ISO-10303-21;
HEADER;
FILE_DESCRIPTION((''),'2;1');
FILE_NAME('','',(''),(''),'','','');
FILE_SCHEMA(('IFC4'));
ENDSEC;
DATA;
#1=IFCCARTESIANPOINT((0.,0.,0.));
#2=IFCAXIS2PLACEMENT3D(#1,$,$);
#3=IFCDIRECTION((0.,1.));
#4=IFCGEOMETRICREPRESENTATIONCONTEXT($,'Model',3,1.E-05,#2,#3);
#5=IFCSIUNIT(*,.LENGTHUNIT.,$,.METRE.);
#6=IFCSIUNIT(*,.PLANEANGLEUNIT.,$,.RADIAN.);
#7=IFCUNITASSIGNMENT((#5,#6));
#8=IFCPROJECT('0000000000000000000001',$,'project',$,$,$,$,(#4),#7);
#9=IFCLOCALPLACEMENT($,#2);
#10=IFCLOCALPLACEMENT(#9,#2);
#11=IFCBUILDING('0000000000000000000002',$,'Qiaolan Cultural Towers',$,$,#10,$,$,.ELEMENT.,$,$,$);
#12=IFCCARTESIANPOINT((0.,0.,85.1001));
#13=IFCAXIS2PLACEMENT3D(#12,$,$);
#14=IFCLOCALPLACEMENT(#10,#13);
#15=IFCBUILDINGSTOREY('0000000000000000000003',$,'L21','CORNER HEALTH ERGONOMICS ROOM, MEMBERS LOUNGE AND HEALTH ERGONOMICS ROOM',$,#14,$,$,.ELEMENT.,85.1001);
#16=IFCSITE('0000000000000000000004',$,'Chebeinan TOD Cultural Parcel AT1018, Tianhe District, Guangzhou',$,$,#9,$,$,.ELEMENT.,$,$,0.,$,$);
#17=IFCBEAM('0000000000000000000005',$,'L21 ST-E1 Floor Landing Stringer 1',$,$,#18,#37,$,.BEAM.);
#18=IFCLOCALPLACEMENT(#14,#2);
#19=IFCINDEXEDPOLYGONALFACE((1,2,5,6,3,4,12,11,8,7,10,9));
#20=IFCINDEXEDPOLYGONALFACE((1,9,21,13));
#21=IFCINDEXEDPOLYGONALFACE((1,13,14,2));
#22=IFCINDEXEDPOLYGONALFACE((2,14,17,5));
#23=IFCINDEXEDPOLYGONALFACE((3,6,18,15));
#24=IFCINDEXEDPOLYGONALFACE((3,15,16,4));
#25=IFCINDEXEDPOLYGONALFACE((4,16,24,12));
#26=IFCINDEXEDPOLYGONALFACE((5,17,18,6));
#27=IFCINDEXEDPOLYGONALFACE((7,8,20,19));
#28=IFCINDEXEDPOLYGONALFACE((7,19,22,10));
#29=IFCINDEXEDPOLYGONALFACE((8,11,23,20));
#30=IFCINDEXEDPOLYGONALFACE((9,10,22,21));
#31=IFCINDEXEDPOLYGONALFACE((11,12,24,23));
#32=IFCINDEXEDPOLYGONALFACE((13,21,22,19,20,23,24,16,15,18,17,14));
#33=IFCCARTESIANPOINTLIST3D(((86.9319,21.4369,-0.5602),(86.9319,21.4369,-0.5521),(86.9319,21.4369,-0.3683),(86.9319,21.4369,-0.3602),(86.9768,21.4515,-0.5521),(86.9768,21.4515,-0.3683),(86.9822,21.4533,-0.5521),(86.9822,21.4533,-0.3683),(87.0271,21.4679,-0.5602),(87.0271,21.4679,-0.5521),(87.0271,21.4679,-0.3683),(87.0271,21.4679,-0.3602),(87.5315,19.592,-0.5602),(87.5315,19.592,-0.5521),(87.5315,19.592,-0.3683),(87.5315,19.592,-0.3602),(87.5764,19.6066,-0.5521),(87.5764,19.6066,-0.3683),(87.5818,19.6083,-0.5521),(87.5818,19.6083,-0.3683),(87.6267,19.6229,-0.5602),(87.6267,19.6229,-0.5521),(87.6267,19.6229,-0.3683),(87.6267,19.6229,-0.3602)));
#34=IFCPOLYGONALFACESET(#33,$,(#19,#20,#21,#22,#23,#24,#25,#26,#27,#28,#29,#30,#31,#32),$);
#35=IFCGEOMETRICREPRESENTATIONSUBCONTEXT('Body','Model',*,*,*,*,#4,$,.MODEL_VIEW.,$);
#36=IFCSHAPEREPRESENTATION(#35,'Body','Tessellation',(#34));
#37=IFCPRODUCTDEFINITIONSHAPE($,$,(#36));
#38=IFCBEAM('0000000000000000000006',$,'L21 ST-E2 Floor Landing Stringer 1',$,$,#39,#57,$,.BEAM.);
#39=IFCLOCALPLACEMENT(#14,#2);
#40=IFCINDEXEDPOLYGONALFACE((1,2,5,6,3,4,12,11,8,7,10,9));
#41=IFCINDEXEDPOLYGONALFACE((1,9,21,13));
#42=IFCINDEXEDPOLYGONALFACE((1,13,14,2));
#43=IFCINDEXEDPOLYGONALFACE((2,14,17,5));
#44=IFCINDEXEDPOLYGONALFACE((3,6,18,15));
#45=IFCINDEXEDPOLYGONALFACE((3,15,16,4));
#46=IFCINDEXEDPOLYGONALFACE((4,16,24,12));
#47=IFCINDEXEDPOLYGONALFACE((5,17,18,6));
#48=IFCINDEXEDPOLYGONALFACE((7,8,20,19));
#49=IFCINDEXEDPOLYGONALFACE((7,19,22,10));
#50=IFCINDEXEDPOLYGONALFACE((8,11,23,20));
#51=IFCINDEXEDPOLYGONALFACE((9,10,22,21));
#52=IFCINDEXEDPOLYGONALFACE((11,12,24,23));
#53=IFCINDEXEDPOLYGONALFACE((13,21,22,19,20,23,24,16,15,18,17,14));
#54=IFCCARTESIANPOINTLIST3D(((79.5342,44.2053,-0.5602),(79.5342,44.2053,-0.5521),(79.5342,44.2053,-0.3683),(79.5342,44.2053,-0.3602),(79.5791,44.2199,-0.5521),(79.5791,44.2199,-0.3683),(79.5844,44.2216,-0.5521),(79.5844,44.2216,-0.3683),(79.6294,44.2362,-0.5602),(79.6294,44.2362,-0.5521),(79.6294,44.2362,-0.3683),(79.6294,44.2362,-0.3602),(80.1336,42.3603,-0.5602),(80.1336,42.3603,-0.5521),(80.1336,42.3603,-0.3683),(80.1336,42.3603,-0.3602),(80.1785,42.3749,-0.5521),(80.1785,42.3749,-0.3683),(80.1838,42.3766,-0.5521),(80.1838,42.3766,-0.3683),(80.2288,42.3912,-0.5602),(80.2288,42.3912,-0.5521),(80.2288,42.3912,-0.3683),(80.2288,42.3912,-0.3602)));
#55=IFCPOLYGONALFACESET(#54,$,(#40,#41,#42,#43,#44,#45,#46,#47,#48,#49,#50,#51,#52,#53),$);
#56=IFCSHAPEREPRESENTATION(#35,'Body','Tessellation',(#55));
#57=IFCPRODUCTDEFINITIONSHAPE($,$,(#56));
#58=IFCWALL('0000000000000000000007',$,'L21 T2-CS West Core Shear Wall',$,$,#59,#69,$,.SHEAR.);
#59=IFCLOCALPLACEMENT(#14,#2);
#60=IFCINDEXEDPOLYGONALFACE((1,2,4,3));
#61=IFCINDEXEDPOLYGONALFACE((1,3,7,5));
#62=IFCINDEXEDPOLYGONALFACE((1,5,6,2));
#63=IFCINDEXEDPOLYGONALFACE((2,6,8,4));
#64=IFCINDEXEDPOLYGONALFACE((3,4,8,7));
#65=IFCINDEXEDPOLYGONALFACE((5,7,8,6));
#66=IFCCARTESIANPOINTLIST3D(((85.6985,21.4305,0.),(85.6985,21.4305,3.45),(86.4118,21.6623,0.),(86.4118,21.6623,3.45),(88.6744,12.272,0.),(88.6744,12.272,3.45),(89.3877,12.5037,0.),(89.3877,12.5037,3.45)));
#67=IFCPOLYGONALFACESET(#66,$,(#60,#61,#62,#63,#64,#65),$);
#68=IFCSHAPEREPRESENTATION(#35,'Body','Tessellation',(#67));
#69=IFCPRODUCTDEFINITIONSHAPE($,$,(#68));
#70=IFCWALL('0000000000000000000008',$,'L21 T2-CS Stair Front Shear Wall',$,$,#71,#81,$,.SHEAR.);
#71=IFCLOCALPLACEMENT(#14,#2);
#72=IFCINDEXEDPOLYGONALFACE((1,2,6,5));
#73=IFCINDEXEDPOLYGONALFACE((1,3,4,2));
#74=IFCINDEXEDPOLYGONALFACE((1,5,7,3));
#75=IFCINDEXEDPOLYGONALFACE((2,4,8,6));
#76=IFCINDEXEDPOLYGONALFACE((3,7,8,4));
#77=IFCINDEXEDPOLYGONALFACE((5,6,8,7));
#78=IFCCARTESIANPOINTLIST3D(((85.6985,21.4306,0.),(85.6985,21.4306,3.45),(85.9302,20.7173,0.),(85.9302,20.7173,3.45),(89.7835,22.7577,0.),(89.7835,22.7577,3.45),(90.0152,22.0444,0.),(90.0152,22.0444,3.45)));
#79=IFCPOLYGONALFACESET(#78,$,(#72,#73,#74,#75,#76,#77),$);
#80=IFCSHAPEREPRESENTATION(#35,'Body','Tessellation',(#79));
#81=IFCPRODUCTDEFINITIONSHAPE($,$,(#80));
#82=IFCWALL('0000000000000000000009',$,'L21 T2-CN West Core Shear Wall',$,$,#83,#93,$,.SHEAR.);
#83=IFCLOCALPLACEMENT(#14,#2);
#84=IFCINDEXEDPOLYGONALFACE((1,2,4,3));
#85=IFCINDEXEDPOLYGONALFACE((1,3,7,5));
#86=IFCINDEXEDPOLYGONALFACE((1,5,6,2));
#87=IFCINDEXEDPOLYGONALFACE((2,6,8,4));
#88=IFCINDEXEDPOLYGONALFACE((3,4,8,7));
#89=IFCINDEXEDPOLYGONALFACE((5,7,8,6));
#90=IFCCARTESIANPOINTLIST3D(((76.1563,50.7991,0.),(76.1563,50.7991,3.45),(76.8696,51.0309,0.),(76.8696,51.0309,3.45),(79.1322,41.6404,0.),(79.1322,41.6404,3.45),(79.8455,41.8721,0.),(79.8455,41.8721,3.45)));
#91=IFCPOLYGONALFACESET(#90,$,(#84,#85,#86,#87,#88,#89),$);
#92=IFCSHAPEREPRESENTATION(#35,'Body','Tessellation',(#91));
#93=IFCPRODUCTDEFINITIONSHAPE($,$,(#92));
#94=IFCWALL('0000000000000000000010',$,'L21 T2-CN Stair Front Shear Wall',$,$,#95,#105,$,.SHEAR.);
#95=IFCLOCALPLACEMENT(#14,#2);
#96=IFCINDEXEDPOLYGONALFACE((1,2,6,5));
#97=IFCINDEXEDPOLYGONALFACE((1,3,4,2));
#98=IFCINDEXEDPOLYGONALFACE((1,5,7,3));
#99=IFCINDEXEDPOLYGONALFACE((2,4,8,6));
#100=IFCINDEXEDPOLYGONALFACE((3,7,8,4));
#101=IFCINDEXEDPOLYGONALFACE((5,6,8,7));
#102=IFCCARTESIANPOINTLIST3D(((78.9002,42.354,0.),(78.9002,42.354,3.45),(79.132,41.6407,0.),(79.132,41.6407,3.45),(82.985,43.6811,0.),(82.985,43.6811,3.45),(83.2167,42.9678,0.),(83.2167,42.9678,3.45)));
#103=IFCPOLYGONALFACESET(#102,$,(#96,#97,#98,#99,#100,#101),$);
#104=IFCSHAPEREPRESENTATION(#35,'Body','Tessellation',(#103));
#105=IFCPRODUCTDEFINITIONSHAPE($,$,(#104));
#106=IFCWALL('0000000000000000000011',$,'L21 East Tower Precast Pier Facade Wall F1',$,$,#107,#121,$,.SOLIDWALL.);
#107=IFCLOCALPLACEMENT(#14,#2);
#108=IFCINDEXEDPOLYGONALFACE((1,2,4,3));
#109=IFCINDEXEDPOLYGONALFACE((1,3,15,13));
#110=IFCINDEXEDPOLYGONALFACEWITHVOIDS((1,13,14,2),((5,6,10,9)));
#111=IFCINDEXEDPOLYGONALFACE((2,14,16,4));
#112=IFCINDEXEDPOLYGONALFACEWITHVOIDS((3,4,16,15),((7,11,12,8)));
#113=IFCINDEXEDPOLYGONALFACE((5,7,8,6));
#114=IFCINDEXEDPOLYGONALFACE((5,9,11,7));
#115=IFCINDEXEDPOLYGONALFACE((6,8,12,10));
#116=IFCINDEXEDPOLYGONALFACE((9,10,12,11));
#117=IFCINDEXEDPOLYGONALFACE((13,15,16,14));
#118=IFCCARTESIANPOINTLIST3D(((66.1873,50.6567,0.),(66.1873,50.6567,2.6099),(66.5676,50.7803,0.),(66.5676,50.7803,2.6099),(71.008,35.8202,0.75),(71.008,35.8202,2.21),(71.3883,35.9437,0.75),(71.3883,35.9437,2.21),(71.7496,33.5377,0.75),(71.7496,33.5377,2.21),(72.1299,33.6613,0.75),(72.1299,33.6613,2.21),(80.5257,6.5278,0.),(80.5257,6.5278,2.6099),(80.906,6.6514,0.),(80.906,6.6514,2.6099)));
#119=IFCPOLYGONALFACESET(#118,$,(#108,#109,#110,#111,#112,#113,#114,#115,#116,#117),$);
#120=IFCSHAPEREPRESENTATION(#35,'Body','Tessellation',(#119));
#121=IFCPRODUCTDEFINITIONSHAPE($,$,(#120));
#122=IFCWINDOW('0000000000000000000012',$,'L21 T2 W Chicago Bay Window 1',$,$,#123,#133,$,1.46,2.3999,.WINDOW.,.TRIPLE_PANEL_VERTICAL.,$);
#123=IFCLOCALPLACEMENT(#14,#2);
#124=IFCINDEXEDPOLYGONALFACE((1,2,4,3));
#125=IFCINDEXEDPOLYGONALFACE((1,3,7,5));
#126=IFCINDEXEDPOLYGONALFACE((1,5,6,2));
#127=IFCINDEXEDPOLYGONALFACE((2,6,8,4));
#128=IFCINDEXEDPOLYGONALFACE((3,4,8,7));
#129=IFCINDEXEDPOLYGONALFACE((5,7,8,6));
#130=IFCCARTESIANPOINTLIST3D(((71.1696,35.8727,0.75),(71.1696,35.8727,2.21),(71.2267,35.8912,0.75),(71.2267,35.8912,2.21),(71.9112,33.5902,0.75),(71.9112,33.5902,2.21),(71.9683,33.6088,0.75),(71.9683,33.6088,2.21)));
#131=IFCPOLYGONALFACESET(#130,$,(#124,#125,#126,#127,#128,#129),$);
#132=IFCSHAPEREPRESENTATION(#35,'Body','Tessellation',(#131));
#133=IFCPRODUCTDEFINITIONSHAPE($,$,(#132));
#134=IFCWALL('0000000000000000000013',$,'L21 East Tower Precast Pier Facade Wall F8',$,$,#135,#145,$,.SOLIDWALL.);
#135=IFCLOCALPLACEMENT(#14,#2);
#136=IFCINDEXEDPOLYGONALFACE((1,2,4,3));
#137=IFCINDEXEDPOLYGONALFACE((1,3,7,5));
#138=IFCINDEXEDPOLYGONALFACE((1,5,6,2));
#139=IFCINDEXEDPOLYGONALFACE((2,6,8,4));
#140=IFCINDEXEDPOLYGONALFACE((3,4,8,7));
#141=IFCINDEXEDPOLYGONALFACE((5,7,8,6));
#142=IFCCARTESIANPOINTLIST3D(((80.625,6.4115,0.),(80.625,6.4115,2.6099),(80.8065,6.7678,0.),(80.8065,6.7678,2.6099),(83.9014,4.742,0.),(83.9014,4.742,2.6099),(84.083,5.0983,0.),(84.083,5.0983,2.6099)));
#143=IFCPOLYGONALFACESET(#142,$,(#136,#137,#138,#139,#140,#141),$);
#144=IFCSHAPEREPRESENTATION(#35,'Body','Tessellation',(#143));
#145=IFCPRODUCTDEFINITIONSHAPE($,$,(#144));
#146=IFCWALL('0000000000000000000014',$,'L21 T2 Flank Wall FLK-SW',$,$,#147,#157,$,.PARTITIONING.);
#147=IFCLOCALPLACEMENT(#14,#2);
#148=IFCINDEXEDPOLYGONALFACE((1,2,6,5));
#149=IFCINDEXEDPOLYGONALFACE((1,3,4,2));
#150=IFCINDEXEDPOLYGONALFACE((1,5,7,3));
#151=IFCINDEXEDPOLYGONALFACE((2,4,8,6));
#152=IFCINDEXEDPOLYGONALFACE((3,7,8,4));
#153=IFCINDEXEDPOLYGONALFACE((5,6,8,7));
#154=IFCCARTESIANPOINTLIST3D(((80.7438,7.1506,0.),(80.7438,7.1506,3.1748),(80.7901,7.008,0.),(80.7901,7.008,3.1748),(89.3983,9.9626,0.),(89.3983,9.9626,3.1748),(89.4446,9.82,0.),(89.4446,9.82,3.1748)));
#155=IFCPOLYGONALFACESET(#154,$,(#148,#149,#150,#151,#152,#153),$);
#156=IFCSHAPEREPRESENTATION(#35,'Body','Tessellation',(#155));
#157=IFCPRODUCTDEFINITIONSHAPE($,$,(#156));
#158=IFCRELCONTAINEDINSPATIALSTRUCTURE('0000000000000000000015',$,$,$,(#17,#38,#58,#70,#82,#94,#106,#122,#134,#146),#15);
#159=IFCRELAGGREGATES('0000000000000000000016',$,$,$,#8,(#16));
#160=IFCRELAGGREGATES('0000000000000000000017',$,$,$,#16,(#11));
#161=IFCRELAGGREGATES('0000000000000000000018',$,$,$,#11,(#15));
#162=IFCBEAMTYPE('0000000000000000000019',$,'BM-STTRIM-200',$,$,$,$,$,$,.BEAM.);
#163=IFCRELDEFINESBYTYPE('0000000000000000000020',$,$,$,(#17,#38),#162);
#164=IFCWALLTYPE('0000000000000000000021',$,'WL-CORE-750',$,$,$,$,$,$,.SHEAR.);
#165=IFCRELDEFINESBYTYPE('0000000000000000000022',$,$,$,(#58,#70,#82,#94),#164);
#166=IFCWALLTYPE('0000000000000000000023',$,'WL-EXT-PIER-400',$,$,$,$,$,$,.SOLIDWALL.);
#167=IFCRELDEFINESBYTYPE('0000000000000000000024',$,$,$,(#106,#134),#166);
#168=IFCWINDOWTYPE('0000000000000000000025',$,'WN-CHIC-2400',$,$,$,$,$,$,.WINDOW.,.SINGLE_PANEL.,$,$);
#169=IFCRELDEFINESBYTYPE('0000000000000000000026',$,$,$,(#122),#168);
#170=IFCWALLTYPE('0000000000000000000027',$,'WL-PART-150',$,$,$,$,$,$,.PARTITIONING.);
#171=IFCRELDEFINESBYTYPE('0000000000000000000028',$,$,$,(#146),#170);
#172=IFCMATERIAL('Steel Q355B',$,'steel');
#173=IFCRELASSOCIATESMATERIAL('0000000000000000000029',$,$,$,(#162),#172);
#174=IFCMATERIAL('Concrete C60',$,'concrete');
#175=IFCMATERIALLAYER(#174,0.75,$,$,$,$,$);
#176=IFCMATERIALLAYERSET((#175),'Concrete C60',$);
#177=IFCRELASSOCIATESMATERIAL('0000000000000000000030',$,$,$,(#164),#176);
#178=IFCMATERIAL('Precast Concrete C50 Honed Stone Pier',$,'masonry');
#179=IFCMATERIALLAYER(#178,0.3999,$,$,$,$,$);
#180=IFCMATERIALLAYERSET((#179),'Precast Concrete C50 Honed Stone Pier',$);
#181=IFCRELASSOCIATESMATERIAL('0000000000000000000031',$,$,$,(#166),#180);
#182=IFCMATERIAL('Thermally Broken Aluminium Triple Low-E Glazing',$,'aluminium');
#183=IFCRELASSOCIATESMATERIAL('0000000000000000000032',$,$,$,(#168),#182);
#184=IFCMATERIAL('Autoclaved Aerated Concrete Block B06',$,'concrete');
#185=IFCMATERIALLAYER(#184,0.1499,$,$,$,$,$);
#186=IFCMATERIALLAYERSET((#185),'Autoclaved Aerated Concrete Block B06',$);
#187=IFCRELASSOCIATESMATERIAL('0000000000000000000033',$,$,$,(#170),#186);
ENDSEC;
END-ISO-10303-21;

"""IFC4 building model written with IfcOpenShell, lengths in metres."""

from ifc_helpers import new_model, si_unit, direction, frame, frame_2d, origin, origin_2d, place, context, subcontext, project, spatial, rectangle, i_section, extrude, material, layer, layer_set, material_profile, profile_set, type_object, element, fill, save


model = new_model("IFC4")

# Units and contexts
model_context = context("Model", 3, precision=1e-05, world=origin(), true_north=direction((0.0, 1.0)))
body_context = subcontext(model_context, "Body", "Model", "MODEL_VIEW")
ifc_project = project(units=[si_unit("LENGTHUNIT", "METRE"), si_unit("PLANEANGLEUNIT", "RADIAN")], contexts=[model_context])

# Site, building, storey
site_placement = place(None, origin())
site = spatial("IfcSite", under=ifc_project, at=site_placement, Name="Chebeinan TOD Cultural Parcel AT1018, Tianhe District, Guangzhou", CompositionType="ELEMENT", RefElevation=0.0)
building_placement = place(site_placement, origin())
building = spatial("IfcBuilding", under=site, at=building_placement, Name="Qiaolan Cultural Towers", CompositionType="ELEMENT")
storey_placement = place(building_placement, frame((0.0, 0.0, 85.1001)))
storey = spatial("IfcBuildingStorey", under=building, at=storey_placement, Name="L21", Description="CORNER HEALTH ERGONOMICS ROOM, MEMBERS LOUNGE AND HEALTH ERGONOMICS ROOM", CompositionType="ELEMENT", Elevation=85.1001)

# Beams
ifc_material_1 = material(Name="Steel Q355B", Category="steel")
ifc_material_profile_1 = material_profile(ifc_material_1, i_section(OverallWidth=0.1001, OverallDepth=0.2, WebThickness=0.0056, FlangeThickness=0.0081, at=origin_2d()), Name="HN200x100x5.5x8")
ifc_profile_set_1 = profile_set([ifc_material_profile_1], Name="Steel Q355B")
beam_type_1 = type_object("IfcBeamType", Name="BM-STTRIM-200", PredefinedType="BEAM", material=ifc_profile_set_1)
for number, where, z_axis, x_axis, name in (
    (1, (86.9795, 21.4524, -0.4602), (0.309083, -0.951035, 0.0), (0.951035, 0.309083, 0.0), "L21 ST-E1 Floor Landing Stringer 1"),
    (2, (80.1812, 42.3757, -0.4602), (-0.308969, 0.951072, 0.0), (-0.951072, -0.308969, 0.0), "L21 ST-E2 Floor Landing Stringer 1"),
):
    element("IfcBeam", number, at=place(storey_placement, frame(where, z_axis=z_axis, x_axis=x_axis)), inside=storey, type_object=beam_type_1, Name=name, PredefinedType="BEAM", context=body_context, shape_type="SweptSolid", body=[
        extrude(i_section(OverallWidth=0.1001, OverallDepth=0.2, WebThickness=0.0056, FlangeThickness=0.0081, at=origin_2d()), origin(), (0.0, 0.0, 1.0), 1.9399),
    ])

# Walls
ifc_material_2 = material(Name="Concrete C60", Category="concrete")
ifc_layer_1 = layer(ifc_material_2, 0.75)
ifc_layer_set_1 = layer_set([ifc_layer_1], Name="Concrete C60")
wall_type_1 = type_object("IfcWallType", Name="WL-CORE-750", PredefinedType="SHEAR", material=ifc_layer_set_1)
wall_1_placement = place(storey_placement, frame((86.0552, 21.5464, 0.0), z_axis=(0.0, 0.0, 1.0), x_axis=(0.309024, -0.951054, 0.0)))
element("IfcWall", 3, at=wall_1_placement, inside=storey, type_object=wall_type_1, Name="L21 T2-CS West Core Shear Wall", PredefinedType="SHEAR", context=body_context, shape_type="SweptSolid", body=[
    extrude(rectangle(XDim=9.6299, YDim=0.75, at=frame_2d((4.8149, 0.0))), origin(), (0.0, 0.0, 1.0), 3.45),
])
wall_2_placement = place(storey_placement, frame((85.8145, 21.074, 0.0), z_axis=(0.0, 0.0, 1.0), x_axis=(0.951066, 0.308988, 0.0)))
element("IfcWall", 4, at=wall_2_placement, inside=storey, type_object=wall_type_1, Name="L21 T2-CS Stair Front Shear Wall", PredefinedType="SHEAR", context=body_context, shape_type="SweptSolid", body=[
    extrude(rectangle(XDim=4.2952, YDim=0.75, at=frame_2d((2.1475, 0.0))), origin(), (0.0, 0.0, 1.0), 3.45),
])
wall_3_placement = place(storey_placement, frame((79.4888, 41.7563, 0.0), z_axis=(0.0, 0.0, 1.0), x_axis=(-0.309016, 0.951057, 0.0)))
element("IfcWall", 5, at=wall_3_placement, inside=storey, type_object=wall_type_1, Name="L21 T2-CN West Core Shear Wall", PredefinedType="SHEAR", context=body_context, shape_type="SweptSolid", body=[
    extrude(rectangle(XDim=9.6301, YDim=0.75, at=frame_2d((4.8149, 0.0))), origin(), (0.0, 0.0, 1.0), 3.45),
])
wall_4_placement = place(storey_placement, frame((79.0161, 41.9973, 0.0), z_axis=(0.0, 0.0, 1.0), x_axis=(0.95106, 0.309005, 0.0)))
element("IfcWall", 6, at=wall_4_placement, inside=storey, type_object=wall_type_1, Name="L21 T2-CN Stair Front Shear Wall", PredefinedType="SHEAR", context=body_context, shape_type="SweptSolid", body=[
    extrude(rectangle(XDim=4.2949, YDim=0.75, at=frame_2d((2.1475, 0.0))), origin(), (0.0, 0.0, 1.0), 3.45),
])

# Wall, opening, window
ifc_material_3 = material(Name="Precast Concrete C50 Honed Stone Pier", Category="masonry")
ifc_layer_2 = layer(ifc_material_3, 0.3999)
ifc_layer_set_2 = layer_set([ifc_layer_2], Name="Precast Concrete C50 Honed Stone Pier")
wall_type_2 = type_object("IfcWallType", Name="WL-EXT-PIER-400", PredefinedType="SOLIDWALL", material=ifc_layer_set_2)
wall_5_placement = place(storey_placement, frame((80.7158, 6.5896, 0.0), z_axis=(0.0, 0.0, 1.0), x_axis=(-0.309018, 0.951056, 0.0)))
wall_5 = element("IfcWall", 7, at=wall_5_placement, inside=storey, type_object=wall_type_2, Name="L21 East Tower Precast Pier Facade Wall F1", PredefinedType="SOLIDWALL", context=body_context, shape_type="SweptSolid", body=[
    extrude(rectangle(XDim=46.3999, YDim=0.3999, at=frame_2d((23.2, 0.0))), origin(), (0.0, 0.0, 1.0), 2.6099),
])
opening_1_placement = place(wall_5_placement, frame((28.3999, 0.0, 0.75)))
opening_1 = element("IfcOpeningElement", 8, at=opening_1_placement, cuts=wall_5, PredefinedType="OPENING", context=body_context, shape_type="SweptSolid", body=[
    extrude(rectangle(XDim=2.3999, YDim=1.46, at=frame_2d((1.2, 0.73))), frame((0.0, 0.21, 0.0), z_axis=(0.0, -1.0, 0.0), x_axis=(1.0, 0.0, 0.0)), (0.0, 0.0, 1.0), 0.4199),
])
ifc_material_4 = material(Name="Thermally Broken Aluminium Triple Low-E Glazing", Category="aluminium")
window_type = type_object("IfcWindowType", Name="WN-CHIC-2400", PartitioningType="SINGLE_PANEL", PredefinedType="WINDOW", material=ifc_material_4)
window_placement = place(opening_1_placement, origin())
window = element("IfcWindow", 9, at=window_placement, inside=storey, type_object=window_type, Name="L21 T2 W Chicago Bay Window 1", OverallHeight=1.46, OverallWidth=2.3999, PartitioningType="TRIPLE_PANEL_VERTICAL", PredefinedType="WINDOW", context=body_context, shape_type="SweptSolid", body=[
    extrude(rectangle(XDim=2.3999, YDim=1.46, at=frame_2d((1.2, 0.73))), frame((0.0, 0.03, 0.0), z_axis=(0.0, -1.0, 0.0), x_axis=(1.0, 0.0, 0.0)), (0.0, 0.0, 1.0), 0.0601),
])
fill(opening_1, window)

# Walls
wall_6_placement = place(storey_placement, frame((83.9922, 4.9202, 0.0), z_axis=(0.0, 0.0, 1.0), x_axis=(-0.891002, 0.453999, 0.0)))
element("IfcWall", 10, at=wall_6_placement, inside=storey, type_object=wall_type_2, Name="L21 East Tower Precast Pier Facade Wall F8", PredefinedType="SOLIDWALL", context=body_context, shape_type="SweptSolid", body=[
    extrude(rectangle(XDim=3.6772, YDim=0.3999, at=frame_2d((1.8386, 0.0))), origin(), (0.0, 0.0, 1.0), 2.6099),
])
ifc_material_5 = material(Name="Autoclaved Aerated Concrete Block B06", Category="concrete")
ifc_layer_3 = layer(ifc_material_5, 0.1499)
ifc_layer_set_3 = layer_set([ifc_layer_3], Name="Autoclaved Aerated Concrete Block B06")
wall_type_3 = type_object("IfcWallType", Name="WL-PART-150", PredefinedType="PARTITIONING", material=ifc_layer_set_3)
wall_7_placement = place(storey_placement, frame((80.7671, 7.0793, 0.0), z_axis=(0.0, 0.0, 1.0), x_axis=(0.951057, 0.309015, 0.0)))
element("IfcWall", 11, at=wall_7_placement, inside=storey, type_object=wall_type_3, Name="L21 T2 Flank Wall FLK-SW", PredefinedType="PARTITIONING", context=body_context, shape_type="SweptSolid", body=[
    extrude(rectangle(XDim=9.0999, YDim=0.1499, at=frame_2d((4.5498, 0.0))), origin(), (0.0, 0.0, 1.0), 3.1748),
])

save(model, "model.ifc")
